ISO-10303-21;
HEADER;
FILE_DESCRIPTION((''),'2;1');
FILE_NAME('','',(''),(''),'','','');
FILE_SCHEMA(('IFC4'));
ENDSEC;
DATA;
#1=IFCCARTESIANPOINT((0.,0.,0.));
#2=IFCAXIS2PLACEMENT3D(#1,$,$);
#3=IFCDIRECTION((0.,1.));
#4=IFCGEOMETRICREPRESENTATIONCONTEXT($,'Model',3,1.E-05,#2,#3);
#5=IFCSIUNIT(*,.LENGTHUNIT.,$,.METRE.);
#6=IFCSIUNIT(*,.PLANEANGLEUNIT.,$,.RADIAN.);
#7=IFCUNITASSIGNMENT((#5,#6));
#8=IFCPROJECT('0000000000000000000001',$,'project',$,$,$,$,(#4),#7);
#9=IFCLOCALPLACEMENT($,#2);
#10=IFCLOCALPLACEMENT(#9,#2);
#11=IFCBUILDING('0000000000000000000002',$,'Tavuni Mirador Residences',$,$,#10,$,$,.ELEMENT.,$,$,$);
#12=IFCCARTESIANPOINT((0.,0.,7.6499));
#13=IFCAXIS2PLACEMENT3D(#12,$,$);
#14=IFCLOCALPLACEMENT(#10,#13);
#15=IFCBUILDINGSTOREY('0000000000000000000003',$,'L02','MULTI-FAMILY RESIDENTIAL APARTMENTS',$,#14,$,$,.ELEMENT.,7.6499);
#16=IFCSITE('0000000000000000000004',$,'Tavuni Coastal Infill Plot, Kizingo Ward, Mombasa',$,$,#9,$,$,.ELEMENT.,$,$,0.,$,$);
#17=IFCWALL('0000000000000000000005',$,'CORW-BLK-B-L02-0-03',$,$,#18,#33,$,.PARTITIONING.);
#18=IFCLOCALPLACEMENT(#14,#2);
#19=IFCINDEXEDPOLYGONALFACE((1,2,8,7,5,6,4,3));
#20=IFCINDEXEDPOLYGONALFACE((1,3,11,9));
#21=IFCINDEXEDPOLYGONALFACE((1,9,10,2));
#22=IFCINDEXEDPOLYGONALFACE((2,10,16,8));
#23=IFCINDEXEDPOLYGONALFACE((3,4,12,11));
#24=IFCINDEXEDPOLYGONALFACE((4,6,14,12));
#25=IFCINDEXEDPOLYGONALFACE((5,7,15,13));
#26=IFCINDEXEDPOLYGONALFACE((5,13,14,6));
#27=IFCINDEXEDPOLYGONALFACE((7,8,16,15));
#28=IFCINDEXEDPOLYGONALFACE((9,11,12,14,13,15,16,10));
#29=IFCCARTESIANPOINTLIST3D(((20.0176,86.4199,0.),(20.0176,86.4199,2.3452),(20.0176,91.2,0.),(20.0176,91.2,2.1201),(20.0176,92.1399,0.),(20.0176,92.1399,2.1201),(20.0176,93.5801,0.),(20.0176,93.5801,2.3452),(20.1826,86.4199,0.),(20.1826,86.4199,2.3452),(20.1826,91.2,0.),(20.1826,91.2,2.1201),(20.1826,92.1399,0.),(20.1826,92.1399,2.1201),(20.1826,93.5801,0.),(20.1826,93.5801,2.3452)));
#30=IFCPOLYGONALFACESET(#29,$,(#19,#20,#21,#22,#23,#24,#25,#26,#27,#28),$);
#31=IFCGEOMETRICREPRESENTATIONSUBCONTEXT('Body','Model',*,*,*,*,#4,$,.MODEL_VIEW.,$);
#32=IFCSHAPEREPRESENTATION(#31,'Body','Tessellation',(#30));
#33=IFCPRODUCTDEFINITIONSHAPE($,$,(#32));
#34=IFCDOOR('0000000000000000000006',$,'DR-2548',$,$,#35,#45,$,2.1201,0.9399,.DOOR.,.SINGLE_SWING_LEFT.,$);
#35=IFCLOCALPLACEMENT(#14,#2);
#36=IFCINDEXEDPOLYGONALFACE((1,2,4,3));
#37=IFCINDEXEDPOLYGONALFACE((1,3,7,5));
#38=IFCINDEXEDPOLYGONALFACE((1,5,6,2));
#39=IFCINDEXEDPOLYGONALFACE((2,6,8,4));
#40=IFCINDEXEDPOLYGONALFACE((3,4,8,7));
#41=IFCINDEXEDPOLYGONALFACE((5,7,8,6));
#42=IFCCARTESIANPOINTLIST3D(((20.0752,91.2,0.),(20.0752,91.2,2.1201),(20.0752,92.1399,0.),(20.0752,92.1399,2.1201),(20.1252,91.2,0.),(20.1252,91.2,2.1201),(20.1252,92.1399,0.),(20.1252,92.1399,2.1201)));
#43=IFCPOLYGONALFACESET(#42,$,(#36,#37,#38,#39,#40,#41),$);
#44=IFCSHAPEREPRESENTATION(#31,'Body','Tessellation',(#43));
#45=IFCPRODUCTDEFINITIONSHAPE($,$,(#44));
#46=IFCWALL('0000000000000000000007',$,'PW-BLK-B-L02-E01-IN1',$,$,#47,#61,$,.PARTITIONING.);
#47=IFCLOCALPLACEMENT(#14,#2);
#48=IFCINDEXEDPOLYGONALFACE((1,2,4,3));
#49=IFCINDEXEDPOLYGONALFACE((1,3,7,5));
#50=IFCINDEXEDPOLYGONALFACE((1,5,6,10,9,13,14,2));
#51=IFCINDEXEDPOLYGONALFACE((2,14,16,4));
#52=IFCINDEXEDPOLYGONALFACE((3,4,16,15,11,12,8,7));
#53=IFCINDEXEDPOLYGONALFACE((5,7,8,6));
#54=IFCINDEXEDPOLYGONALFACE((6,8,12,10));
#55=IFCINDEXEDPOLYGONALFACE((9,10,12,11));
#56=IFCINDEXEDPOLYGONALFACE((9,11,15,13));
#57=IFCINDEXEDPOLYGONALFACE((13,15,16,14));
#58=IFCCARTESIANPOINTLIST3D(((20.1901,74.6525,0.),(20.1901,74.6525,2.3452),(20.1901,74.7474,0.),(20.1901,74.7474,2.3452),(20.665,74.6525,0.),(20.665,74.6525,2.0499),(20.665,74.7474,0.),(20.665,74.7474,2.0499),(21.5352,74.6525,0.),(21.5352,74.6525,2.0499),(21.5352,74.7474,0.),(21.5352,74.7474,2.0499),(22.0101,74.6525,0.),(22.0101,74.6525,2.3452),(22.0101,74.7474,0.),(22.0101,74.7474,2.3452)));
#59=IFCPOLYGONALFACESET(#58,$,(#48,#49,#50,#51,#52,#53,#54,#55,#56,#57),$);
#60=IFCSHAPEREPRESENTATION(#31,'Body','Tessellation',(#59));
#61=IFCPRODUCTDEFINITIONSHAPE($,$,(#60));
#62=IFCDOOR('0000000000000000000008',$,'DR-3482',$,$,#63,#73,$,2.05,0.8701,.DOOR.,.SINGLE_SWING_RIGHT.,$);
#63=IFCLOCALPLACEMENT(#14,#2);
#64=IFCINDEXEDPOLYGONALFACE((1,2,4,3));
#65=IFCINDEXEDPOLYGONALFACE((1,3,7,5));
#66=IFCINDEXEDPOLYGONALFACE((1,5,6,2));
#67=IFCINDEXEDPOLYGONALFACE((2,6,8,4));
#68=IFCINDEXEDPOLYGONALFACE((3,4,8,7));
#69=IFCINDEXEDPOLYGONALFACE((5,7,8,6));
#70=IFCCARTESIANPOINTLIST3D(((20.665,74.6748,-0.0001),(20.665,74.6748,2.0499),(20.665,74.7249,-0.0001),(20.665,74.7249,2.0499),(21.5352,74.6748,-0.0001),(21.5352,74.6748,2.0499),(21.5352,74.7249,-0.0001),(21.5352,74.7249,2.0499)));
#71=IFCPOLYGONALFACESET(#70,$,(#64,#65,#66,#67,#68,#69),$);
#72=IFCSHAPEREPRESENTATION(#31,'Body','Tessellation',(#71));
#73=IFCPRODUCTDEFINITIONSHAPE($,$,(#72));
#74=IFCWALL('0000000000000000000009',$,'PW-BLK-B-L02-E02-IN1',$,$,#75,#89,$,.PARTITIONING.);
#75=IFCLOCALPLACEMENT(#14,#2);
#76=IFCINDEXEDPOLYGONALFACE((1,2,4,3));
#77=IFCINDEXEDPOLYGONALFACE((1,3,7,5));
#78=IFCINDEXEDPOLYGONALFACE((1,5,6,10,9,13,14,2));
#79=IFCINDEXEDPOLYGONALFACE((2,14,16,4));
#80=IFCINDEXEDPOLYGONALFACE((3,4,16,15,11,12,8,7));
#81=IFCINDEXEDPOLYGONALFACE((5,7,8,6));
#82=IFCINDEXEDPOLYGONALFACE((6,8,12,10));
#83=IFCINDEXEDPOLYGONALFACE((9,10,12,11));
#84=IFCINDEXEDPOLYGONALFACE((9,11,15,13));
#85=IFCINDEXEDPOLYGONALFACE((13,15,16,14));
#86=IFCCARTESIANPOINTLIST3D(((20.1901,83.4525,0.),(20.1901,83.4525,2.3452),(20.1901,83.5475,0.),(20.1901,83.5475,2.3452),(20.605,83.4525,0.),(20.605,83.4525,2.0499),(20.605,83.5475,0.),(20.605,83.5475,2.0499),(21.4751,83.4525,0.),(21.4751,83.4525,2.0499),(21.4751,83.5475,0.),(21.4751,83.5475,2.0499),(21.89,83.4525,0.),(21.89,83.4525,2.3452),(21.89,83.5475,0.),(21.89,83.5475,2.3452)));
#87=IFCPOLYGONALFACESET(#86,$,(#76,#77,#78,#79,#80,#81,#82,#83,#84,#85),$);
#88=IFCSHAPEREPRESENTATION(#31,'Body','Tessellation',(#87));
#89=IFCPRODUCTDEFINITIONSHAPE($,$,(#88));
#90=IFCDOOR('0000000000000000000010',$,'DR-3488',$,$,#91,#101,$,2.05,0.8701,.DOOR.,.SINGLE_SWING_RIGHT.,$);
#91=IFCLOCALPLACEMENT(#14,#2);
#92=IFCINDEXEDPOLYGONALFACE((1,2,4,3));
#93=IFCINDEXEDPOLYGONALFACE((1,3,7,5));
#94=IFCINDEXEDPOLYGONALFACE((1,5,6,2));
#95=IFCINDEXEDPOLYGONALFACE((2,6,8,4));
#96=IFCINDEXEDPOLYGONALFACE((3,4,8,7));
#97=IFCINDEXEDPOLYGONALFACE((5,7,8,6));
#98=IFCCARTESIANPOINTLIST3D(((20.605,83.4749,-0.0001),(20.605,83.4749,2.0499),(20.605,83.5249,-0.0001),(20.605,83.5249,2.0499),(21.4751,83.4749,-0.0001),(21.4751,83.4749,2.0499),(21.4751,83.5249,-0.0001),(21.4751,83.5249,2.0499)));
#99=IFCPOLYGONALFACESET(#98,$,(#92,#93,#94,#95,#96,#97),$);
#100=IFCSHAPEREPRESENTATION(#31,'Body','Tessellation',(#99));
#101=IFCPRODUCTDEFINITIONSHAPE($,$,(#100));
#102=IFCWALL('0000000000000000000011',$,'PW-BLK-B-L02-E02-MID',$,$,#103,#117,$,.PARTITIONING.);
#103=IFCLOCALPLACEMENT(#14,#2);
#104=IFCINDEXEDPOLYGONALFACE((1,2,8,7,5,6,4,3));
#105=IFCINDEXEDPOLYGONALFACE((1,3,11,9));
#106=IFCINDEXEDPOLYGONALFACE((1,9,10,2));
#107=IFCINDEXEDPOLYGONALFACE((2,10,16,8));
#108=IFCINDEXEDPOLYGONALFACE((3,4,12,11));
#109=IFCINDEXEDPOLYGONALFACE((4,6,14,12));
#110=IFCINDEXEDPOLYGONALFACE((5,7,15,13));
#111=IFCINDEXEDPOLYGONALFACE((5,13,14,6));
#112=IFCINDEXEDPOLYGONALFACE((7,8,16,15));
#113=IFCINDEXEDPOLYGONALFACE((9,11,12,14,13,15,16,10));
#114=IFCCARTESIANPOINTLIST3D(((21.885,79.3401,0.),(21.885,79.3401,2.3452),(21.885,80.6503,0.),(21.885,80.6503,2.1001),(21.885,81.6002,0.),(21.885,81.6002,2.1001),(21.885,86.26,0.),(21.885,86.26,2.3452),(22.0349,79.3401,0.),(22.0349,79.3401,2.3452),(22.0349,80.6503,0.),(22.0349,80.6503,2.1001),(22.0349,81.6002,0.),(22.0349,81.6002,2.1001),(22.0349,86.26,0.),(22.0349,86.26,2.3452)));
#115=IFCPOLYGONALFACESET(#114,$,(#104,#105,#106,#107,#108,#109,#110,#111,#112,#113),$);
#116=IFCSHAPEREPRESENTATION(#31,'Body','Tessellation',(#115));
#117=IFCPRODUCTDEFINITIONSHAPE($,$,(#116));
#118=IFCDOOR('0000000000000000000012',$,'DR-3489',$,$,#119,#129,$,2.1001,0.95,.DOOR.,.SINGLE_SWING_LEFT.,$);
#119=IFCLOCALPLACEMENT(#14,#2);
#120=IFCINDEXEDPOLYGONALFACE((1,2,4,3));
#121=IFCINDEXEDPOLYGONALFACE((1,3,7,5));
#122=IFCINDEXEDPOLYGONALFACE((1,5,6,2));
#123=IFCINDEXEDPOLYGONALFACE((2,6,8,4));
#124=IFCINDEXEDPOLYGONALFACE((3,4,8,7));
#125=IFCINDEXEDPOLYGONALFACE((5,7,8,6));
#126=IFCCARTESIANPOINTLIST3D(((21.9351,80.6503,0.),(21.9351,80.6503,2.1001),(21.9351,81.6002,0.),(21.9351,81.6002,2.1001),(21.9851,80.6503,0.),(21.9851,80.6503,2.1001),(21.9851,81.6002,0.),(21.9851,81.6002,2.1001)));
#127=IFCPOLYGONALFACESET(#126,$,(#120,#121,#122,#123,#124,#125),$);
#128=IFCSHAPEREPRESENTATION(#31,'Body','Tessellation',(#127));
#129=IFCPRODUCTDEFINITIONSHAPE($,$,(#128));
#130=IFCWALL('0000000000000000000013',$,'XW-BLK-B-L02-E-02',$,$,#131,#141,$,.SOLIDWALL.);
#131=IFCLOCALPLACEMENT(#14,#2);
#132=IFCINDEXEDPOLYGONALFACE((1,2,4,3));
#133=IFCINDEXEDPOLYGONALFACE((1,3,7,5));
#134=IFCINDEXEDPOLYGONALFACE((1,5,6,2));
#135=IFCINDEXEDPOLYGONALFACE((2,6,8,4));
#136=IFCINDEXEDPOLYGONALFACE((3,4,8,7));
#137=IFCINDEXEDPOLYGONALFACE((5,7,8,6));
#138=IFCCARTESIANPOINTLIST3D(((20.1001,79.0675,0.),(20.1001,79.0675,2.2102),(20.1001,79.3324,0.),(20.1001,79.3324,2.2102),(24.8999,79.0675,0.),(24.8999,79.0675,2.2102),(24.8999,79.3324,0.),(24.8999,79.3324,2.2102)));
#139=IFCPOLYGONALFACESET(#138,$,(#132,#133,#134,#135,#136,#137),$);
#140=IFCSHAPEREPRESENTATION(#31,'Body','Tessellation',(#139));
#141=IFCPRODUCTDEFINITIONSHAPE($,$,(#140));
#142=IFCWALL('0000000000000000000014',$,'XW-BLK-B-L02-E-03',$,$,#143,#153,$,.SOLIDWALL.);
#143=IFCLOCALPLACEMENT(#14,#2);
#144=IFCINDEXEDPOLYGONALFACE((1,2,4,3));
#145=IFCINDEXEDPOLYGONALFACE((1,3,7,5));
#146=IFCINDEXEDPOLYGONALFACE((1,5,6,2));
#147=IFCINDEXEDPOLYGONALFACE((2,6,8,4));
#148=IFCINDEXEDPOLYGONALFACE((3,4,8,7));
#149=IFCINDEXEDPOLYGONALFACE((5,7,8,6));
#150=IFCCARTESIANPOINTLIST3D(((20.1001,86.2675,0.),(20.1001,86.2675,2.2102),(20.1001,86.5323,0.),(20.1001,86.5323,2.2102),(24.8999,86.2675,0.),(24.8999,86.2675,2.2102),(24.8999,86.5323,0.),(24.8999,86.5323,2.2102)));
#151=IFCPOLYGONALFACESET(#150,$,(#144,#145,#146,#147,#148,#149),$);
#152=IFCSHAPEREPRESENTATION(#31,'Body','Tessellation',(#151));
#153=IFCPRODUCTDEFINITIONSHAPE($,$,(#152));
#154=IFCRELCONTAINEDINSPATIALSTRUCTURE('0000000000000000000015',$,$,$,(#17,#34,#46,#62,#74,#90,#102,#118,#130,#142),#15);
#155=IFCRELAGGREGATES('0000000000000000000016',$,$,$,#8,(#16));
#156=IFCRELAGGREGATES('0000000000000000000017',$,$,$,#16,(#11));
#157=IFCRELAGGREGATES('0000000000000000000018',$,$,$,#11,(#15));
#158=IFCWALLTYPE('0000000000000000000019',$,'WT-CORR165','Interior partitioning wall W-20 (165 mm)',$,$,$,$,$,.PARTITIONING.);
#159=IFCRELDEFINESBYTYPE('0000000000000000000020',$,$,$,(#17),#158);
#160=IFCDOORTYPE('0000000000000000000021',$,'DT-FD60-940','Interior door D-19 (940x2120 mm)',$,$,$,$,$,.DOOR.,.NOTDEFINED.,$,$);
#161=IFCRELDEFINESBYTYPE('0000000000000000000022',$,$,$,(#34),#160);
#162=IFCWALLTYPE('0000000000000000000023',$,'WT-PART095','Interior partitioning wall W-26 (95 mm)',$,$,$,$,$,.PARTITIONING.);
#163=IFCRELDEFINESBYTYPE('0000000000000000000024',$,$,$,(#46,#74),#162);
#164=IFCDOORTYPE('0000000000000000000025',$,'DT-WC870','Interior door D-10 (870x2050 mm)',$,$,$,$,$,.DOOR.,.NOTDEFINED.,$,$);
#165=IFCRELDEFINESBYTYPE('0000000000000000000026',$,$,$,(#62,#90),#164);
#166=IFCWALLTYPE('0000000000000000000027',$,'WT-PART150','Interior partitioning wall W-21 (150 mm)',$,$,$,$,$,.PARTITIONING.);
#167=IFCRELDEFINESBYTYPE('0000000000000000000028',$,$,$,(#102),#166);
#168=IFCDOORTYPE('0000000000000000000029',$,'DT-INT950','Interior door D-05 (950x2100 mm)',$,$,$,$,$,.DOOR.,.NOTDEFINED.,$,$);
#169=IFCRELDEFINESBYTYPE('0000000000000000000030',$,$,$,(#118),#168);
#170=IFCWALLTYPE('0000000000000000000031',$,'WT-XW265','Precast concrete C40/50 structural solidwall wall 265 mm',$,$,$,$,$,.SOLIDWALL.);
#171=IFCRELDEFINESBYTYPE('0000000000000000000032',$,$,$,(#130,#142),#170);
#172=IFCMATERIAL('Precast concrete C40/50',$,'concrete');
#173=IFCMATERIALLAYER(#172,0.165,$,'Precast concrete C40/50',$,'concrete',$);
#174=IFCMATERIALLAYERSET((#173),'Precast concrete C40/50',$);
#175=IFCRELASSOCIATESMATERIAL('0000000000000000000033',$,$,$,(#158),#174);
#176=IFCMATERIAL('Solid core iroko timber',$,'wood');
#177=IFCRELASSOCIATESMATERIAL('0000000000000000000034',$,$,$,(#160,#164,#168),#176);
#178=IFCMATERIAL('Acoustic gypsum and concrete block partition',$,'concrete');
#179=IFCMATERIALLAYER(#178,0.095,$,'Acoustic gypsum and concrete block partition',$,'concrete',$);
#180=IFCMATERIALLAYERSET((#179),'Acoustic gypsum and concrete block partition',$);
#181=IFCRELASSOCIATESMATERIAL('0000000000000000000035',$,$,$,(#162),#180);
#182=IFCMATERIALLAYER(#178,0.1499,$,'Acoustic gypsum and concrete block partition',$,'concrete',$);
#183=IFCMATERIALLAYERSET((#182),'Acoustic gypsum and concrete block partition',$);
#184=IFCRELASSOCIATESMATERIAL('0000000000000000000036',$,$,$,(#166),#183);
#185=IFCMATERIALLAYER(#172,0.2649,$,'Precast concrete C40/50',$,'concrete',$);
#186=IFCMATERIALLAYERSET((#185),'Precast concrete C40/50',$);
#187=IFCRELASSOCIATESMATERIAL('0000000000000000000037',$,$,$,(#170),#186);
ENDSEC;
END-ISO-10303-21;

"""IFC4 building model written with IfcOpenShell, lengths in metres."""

from ifc_helpers import new_model, si_unit, direction, frame, frame_2d, origin, place, context, subcontext, project, spatial, rectangle, extrude, material, layer, layer_set, type_object, element, fill, save


model = new_model("IFC4")

# Units and contexts
model_context = context("Model", 3, precision=1e-05, world=origin(), true_north=direction((0.0, 1.0)))
body_context = subcontext(model_context, "Body", "Model", "MODEL_VIEW")
ifc_project = project(units=[si_unit("LENGTHUNIT", "METRE"), si_unit("PLANEANGLEUNIT", "RADIAN")], contexts=[model_context])

# Site, building, storey
site_placement = place(None, origin())
site = spatial("IfcSite", under=ifc_project, at=site_placement, Name="Tavuni Coastal Infill Plot, Kizingo Ward, Mombasa", CompositionType="ELEMENT", RefElevation=0.0)
building_placement = place(site_placement, origin())
building = spatial("IfcBuilding", under=site, at=building_placement, Name="Tavuni Mirador Residences", CompositionType="ELEMENT")
storey_placement = place(building_placement, frame((0.0, 0.0, 7.6499)))
storey = spatial("IfcBuildingStorey", under=building, at=storey_placement, Name="L02", Description="MULTI-FAMILY RESIDENTIAL APARTMENTS", CompositionType="ELEMENT", Elevation=7.6499)

# Shared definitions
ifc_material_1 = material(Name="Precast concrete C40/50", Category="concrete")

# Walls, openings, doors
ifc_material_2 = material(Name="Solid core iroko timber", Category="wood")
ifc_layer_1 = layer(ifc_material_1, 0.165, Name="Precast concrete C40/50", Category="concrete")
ifc_layer_set_1 = layer_set([ifc_layer_1], Name="Precast concrete C40/50")
wall_type_1 = type_object("IfcWallType", Name="WT-CORR165", Description="Interior partitioning wall W-20 (165 mm)", PredefinedType="PARTITIONING", material=ifc_layer_set_1)
wall_1_placement = place(storey_placement, frame((20.1001, 86.4199, 0.0), z_axis=(0.0, 0.0, 1.0), x_axis=(0.0, 1.0, 0.0)))
wall_1 = element("IfcWall", 1, at=wall_1_placement, inside=storey, type_object=wall_type_1, Name="CORW-BLK-B-L02-0-03", PredefinedType="PARTITIONING", context=body_context, shape_type="SweptSolid", body=[
    extrude(rectangle(XDim=7.1602, YDim=0.165, at=frame_2d((3.5801, 0.0))), origin(), (0.0, 0.0, 1.0), 2.3452),
])
opening_1_placement = place(wall_1_placement, frame((4.78, 0.0, 0.0)))
opening_1 = element("IfcOpeningElement", 2, at=opening_1_placement, cuts=wall_1, PredefinedType="OPENING", context=body_context, shape_type="SweptSolid", body=[
    extrude(rectangle(XDim=0.9399, YDim=2.1201, at=frame_2d((0.47, 1.0601))), frame((0.0, 0.0925, 0.0), z_axis=(0.0, -1.0, 0.0), x_axis=(1.0, 0.0, 0.0)), (0.0, 0.0, 1.0), 0.1851),
])
door_type_1 = type_object("IfcDoorType", Name="DT-FD60-940", Description="Interior door D-19 (940x2120 mm)", OperationType="NOTDEFINED", PredefinedType="DOOR", material=ifc_material_2)
door_1_placement = place(opening_1_placement, origin())
door_1 = element("IfcDoor", 3, at=door_1_placement, inside=storey, type_object=door_type_1, Name="DR-2548", OperationType="SINGLE_SWING_LEFT", OverallHeight=2.1201, OverallWidth=0.9399, PredefinedType="DOOR", context=body_context, shape_type="SweptSolid", body=[
    extrude(rectangle(XDim=0.9399, YDim=2.1201, at=frame_2d((0.47, 1.0601))), frame((0.0, 0.0249, 0.0), z_axis=(0.0, -1.0, 0.0), x_axis=(1.0, 0.0, 0.0)), (0.0, 0.0, 1.0), 0.05),
])
fill(opening_1, door_1)
ifc_material_3 = material(Name="Acoustic gypsum and concrete block partition", Category="concrete")
ifc_layer_2 = layer(ifc_material_3, 0.095, Name="Acoustic gypsum and concrete block partition", Category="concrete")
ifc_layer_set_2 = layer_set([ifc_layer_2], Name="Acoustic gypsum and concrete block partition")
wall_type_2 = type_object("IfcWallType", Name="WT-PART095", Description="Interior partitioning wall W-26 (95 mm)", PredefinedType="PARTITIONING", material=ifc_layer_set_2)
wall_2_placement = place(storey_placement, frame((20.1899, 74.7, 0.0), z_axis=(0.0, 0.0, 1.0), x_axis=(1.0, 0.0, 0.0)))
wall_2 = element("IfcWall", 4, at=wall_2_placement, inside=storey, type_object=wall_type_2, Name="PW-BLK-B-L02-E01-IN1", PredefinedType="PARTITIONING", context=body_context, shape_type="SweptSolid", body=[
    extrude(rectangle(XDim=1.8201, YDim=0.095, at=frame_2d((0.9102, 0.0))), origin(), (0.0, 0.0, 1.0), 2.3452),
])
opening_2_placement = place(wall_2_placement, frame((0.4751, 0.0, 0.0)))
opening_2 = element("IfcOpeningElement", 5, at=opening_2_placement, cuts=wall_2, PredefinedType="OPENING", context=body_context, shape_type="SweptSolid", body=[
    extrude(rectangle(XDim=0.8701, YDim=2.05, at=frame_2d((0.4351, 1.0249))), frame((0.0, 0.0576, 0.0), z_axis=(0.0, -1.0, 0.0), x_axis=(1.0, 0.0, 0.0)), (0.0, 0.0, 1.0), 0.115),
])
door_type_2 = type_object("IfcDoorType", Name="DT-WC870", Description="Interior door D-10 (870x2050 mm)", OperationType="NOTDEFINED", PredefinedType="DOOR", material=ifc_material_2)
door_2_placement = place(opening_2_placement, origin())
door_2 = element("IfcDoor", 6, at=door_2_placement, inside=storey, type_object=door_type_2, Name="DR-3482", OperationType="SINGLE_SWING_RIGHT", OverallHeight=2.05, OverallWidth=0.8701, PredefinedType="DOOR", context=body_context, shape_type="SweptSolid", body=[
    extrude(rectangle(XDim=0.8701, YDim=2.05, at=frame_2d((0.4351, 1.0249))), frame((0.0, 0.0249, 0.0), z_axis=(0.0, -1.0, 0.0), x_axis=(1.0, 0.0, 0.0)), (0.0, 0.0, 1.0), 0.05),
])
fill(opening_2, door_2)
wall_3_placement = place(storey_placement, frame((20.1899, 83.5, 0.0), z_axis=(0.0, 0.0, 1.0), x_axis=(1.0, 0.0, 0.0)))
wall_3 = element("IfcWall", 7, at=wall_3_placement, inside=storey, type_object=wall_type_2, Name="PW-BLK-B-L02-E02-IN1", PredefinedType="PARTITIONING", context=body_context, shape_type="SweptSolid", body=[
    extrude(rectangle(XDim=1.7, YDim=0.095, at=frame_2d((0.8501, 0.0))), origin(), (0.0, 0.0, 1.0), 2.3452),
])
opening_3_placement = place(wall_3_placement, frame((0.415, 0.0, 0.0)))
opening_3 = element("IfcOpeningElement", 8, at=opening_3_placement, cuts=wall_3, PredefinedType="OPENING", context=body_context, shape_type="SweptSolid", body=[
    extrude(rectangle(XDim=0.8701, YDim=2.05, at=frame_2d((0.4351, 1.0249))), frame((0.0, 0.0576, 0.0), z_axis=(0.0, -1.0, 0.0), x_axis=(1.0, 0.0, 0.0)), (0.0, 0.0, 1.0), 0.115),
])
door_3_placement = place(opening_3_placement, origin())
door_3 = element("IfcDoor", 9, at=door_3_placement, inside=storey, type_object=door_type_2, Name="DR-3488", OperationType="SINGLE_SWING_RIGHT", OverallHeight=2.05, OverallWidth=0.8701, PredefinedType="DOOR", context=body_context, shape_type="SweptSolid", body=[
    extrude(rectangle(XDim=0.8701, YDim=2.05, at=frame_2d((0.4351, 1.0249))), frame((0.0, 0.0249, 0.0), z_axis=(0.0, -1.0, 0.0), x_axis=(1.0, 0.0, 0.0)), (0.0, 0.0, 1.0), 0.05),
])
fill(opening_3, door_3)
ifc_layer_3 = layer(ifc_material_3, 0.1499, Name="Acoustic gypsum and concrete block partition", Category="concrete")
ifc_layer_set_3 = layer_set([ifc_layer_3], Name="Acoustic gypsum and concrete block partition")
wall_type_3 = type_object("IfcWallType", Name="WT-PART150", Description="Interior partitioning wall W-21 (150 mm)", PredefinedType="PARTITIONING", material=ifc_layer_set_3)
wall_4_placement = place(storey_placement, frame((21.96, 79.3401, 0.0), z_axis=(0.0, 0.0, 1.0), x_axis=(0.0, 1.0, 0.0)))
wall_4 = element("IfcWall", 10, at=wall_4_placement, inside=storey, type_object=wall_type_3, Name="PW-BLK-B-L02-E02-MID", PredefinedType="PARTITIONING", context=body_context, shape_type="SweptSolid", body=[
    extrude(rectangle(XDim=6.9199, YDim=0.1499, at=frame_2d((3.46, 0.0))), origin(), (0.0, 0.0, 1.0), 2.3452),
])
opening_4_placement = place(wall_4_placement, frame((1.3101, 0.0, 0.0)))
opening_4 = element("IfcOpeningElement", 11, at=opening_4_placement, cuts=wall_4, PredefinedType="OPENING", context=body_context, shape_type="SweptSolid", body=[
    extrude(rectangle(XDim=0.95, YDim=2.1001, at=frame_2d((0.4751, 1.05))), frame((0.0, 0.085, 0.0), z_axis=(0.0, -1.0, 0.0), x_axis=(1.0, 0.0, 0.0)), (0.0, 0.0, 1.0), 0.1699),
])
door_type_3 = type_object("IfcDoorType", Name="DT-INT950", Description="Interior door D-05 (950x2100 mm)", OperationType="NOTDEFINED", PredefinedType="DOOR", material=ifc_material_2)
door_4_placement = place(opening_4_placement, origin())
door_4 = element("IfcDoor", 12, at=door_4_placement, inside=storey, type_object=door_type_3, Name="DR-3489", OperationType="SINGLE_SWING_LEFT", OverallHeight=2.1001, OverallWidth=0.95, PredefinedType="DOOR", context=body_context, shape_type="SweptSolid", body=[
    extrude(rectangle(XDim=0.95, YDim=2.1001, at=frame_2d((0.4751, 1.05))), frame((0.0, 0.0249, 0.0), z_axis=(0.0, -1.0, 0.0), x_axis=(1.0, 0.0, 0.0)), (0.0, 0.0, 1.0), 0.05),
])
fill(opening_4, door_4)

# Walls
ifc_layer_4 = layer(ifc_material_1, 0.2649, Name="Precast concrete C40/50", Category="concrete")
ifc_layer_set_4 = layer_set([ifc_layer_4], Name="Precast concrete C40/50")
wall_type_4 = type_object("IfcWallType", Name="WT-XW265", Description="Precast concrete C40/50 structural solidwall wall 265 mm", PredefinedType="SOLIDWALL", material=ifc_layer_set_4)
for number, where, z_axis, x_axis, name in (
    (13, (20.1001, 79.2, 0.0), (0.0, 0.0, 1.0), (1.0, 0.0, 0.0), "XW-BLK-B-L02-E-02"),
    (14, (20.1001, 86.3999, 0.0), (0.0, 0.0, 1.0), (1.0, 0.0, 0.0), "XW-BLK-B-L02-E-03"),
):
    element("IfcWall", number, at=place(storey_placement, frame(where, z_axis=z_axis, x_axis=x_axis)), inside=storey, type_object=wall_type_4, Name=name, PredefinedType="SOLIDWALL", context=body_context, shape_type="SweptSolid", body=[
        extrude(rectangle(XDim=4.7998, YDim=0.2649, at=frame_2d((2.3999, 0.0))), origin(), (0.0, 0.0, 1.0), 2.2102),
    ])

save(model, "model.ifc")
